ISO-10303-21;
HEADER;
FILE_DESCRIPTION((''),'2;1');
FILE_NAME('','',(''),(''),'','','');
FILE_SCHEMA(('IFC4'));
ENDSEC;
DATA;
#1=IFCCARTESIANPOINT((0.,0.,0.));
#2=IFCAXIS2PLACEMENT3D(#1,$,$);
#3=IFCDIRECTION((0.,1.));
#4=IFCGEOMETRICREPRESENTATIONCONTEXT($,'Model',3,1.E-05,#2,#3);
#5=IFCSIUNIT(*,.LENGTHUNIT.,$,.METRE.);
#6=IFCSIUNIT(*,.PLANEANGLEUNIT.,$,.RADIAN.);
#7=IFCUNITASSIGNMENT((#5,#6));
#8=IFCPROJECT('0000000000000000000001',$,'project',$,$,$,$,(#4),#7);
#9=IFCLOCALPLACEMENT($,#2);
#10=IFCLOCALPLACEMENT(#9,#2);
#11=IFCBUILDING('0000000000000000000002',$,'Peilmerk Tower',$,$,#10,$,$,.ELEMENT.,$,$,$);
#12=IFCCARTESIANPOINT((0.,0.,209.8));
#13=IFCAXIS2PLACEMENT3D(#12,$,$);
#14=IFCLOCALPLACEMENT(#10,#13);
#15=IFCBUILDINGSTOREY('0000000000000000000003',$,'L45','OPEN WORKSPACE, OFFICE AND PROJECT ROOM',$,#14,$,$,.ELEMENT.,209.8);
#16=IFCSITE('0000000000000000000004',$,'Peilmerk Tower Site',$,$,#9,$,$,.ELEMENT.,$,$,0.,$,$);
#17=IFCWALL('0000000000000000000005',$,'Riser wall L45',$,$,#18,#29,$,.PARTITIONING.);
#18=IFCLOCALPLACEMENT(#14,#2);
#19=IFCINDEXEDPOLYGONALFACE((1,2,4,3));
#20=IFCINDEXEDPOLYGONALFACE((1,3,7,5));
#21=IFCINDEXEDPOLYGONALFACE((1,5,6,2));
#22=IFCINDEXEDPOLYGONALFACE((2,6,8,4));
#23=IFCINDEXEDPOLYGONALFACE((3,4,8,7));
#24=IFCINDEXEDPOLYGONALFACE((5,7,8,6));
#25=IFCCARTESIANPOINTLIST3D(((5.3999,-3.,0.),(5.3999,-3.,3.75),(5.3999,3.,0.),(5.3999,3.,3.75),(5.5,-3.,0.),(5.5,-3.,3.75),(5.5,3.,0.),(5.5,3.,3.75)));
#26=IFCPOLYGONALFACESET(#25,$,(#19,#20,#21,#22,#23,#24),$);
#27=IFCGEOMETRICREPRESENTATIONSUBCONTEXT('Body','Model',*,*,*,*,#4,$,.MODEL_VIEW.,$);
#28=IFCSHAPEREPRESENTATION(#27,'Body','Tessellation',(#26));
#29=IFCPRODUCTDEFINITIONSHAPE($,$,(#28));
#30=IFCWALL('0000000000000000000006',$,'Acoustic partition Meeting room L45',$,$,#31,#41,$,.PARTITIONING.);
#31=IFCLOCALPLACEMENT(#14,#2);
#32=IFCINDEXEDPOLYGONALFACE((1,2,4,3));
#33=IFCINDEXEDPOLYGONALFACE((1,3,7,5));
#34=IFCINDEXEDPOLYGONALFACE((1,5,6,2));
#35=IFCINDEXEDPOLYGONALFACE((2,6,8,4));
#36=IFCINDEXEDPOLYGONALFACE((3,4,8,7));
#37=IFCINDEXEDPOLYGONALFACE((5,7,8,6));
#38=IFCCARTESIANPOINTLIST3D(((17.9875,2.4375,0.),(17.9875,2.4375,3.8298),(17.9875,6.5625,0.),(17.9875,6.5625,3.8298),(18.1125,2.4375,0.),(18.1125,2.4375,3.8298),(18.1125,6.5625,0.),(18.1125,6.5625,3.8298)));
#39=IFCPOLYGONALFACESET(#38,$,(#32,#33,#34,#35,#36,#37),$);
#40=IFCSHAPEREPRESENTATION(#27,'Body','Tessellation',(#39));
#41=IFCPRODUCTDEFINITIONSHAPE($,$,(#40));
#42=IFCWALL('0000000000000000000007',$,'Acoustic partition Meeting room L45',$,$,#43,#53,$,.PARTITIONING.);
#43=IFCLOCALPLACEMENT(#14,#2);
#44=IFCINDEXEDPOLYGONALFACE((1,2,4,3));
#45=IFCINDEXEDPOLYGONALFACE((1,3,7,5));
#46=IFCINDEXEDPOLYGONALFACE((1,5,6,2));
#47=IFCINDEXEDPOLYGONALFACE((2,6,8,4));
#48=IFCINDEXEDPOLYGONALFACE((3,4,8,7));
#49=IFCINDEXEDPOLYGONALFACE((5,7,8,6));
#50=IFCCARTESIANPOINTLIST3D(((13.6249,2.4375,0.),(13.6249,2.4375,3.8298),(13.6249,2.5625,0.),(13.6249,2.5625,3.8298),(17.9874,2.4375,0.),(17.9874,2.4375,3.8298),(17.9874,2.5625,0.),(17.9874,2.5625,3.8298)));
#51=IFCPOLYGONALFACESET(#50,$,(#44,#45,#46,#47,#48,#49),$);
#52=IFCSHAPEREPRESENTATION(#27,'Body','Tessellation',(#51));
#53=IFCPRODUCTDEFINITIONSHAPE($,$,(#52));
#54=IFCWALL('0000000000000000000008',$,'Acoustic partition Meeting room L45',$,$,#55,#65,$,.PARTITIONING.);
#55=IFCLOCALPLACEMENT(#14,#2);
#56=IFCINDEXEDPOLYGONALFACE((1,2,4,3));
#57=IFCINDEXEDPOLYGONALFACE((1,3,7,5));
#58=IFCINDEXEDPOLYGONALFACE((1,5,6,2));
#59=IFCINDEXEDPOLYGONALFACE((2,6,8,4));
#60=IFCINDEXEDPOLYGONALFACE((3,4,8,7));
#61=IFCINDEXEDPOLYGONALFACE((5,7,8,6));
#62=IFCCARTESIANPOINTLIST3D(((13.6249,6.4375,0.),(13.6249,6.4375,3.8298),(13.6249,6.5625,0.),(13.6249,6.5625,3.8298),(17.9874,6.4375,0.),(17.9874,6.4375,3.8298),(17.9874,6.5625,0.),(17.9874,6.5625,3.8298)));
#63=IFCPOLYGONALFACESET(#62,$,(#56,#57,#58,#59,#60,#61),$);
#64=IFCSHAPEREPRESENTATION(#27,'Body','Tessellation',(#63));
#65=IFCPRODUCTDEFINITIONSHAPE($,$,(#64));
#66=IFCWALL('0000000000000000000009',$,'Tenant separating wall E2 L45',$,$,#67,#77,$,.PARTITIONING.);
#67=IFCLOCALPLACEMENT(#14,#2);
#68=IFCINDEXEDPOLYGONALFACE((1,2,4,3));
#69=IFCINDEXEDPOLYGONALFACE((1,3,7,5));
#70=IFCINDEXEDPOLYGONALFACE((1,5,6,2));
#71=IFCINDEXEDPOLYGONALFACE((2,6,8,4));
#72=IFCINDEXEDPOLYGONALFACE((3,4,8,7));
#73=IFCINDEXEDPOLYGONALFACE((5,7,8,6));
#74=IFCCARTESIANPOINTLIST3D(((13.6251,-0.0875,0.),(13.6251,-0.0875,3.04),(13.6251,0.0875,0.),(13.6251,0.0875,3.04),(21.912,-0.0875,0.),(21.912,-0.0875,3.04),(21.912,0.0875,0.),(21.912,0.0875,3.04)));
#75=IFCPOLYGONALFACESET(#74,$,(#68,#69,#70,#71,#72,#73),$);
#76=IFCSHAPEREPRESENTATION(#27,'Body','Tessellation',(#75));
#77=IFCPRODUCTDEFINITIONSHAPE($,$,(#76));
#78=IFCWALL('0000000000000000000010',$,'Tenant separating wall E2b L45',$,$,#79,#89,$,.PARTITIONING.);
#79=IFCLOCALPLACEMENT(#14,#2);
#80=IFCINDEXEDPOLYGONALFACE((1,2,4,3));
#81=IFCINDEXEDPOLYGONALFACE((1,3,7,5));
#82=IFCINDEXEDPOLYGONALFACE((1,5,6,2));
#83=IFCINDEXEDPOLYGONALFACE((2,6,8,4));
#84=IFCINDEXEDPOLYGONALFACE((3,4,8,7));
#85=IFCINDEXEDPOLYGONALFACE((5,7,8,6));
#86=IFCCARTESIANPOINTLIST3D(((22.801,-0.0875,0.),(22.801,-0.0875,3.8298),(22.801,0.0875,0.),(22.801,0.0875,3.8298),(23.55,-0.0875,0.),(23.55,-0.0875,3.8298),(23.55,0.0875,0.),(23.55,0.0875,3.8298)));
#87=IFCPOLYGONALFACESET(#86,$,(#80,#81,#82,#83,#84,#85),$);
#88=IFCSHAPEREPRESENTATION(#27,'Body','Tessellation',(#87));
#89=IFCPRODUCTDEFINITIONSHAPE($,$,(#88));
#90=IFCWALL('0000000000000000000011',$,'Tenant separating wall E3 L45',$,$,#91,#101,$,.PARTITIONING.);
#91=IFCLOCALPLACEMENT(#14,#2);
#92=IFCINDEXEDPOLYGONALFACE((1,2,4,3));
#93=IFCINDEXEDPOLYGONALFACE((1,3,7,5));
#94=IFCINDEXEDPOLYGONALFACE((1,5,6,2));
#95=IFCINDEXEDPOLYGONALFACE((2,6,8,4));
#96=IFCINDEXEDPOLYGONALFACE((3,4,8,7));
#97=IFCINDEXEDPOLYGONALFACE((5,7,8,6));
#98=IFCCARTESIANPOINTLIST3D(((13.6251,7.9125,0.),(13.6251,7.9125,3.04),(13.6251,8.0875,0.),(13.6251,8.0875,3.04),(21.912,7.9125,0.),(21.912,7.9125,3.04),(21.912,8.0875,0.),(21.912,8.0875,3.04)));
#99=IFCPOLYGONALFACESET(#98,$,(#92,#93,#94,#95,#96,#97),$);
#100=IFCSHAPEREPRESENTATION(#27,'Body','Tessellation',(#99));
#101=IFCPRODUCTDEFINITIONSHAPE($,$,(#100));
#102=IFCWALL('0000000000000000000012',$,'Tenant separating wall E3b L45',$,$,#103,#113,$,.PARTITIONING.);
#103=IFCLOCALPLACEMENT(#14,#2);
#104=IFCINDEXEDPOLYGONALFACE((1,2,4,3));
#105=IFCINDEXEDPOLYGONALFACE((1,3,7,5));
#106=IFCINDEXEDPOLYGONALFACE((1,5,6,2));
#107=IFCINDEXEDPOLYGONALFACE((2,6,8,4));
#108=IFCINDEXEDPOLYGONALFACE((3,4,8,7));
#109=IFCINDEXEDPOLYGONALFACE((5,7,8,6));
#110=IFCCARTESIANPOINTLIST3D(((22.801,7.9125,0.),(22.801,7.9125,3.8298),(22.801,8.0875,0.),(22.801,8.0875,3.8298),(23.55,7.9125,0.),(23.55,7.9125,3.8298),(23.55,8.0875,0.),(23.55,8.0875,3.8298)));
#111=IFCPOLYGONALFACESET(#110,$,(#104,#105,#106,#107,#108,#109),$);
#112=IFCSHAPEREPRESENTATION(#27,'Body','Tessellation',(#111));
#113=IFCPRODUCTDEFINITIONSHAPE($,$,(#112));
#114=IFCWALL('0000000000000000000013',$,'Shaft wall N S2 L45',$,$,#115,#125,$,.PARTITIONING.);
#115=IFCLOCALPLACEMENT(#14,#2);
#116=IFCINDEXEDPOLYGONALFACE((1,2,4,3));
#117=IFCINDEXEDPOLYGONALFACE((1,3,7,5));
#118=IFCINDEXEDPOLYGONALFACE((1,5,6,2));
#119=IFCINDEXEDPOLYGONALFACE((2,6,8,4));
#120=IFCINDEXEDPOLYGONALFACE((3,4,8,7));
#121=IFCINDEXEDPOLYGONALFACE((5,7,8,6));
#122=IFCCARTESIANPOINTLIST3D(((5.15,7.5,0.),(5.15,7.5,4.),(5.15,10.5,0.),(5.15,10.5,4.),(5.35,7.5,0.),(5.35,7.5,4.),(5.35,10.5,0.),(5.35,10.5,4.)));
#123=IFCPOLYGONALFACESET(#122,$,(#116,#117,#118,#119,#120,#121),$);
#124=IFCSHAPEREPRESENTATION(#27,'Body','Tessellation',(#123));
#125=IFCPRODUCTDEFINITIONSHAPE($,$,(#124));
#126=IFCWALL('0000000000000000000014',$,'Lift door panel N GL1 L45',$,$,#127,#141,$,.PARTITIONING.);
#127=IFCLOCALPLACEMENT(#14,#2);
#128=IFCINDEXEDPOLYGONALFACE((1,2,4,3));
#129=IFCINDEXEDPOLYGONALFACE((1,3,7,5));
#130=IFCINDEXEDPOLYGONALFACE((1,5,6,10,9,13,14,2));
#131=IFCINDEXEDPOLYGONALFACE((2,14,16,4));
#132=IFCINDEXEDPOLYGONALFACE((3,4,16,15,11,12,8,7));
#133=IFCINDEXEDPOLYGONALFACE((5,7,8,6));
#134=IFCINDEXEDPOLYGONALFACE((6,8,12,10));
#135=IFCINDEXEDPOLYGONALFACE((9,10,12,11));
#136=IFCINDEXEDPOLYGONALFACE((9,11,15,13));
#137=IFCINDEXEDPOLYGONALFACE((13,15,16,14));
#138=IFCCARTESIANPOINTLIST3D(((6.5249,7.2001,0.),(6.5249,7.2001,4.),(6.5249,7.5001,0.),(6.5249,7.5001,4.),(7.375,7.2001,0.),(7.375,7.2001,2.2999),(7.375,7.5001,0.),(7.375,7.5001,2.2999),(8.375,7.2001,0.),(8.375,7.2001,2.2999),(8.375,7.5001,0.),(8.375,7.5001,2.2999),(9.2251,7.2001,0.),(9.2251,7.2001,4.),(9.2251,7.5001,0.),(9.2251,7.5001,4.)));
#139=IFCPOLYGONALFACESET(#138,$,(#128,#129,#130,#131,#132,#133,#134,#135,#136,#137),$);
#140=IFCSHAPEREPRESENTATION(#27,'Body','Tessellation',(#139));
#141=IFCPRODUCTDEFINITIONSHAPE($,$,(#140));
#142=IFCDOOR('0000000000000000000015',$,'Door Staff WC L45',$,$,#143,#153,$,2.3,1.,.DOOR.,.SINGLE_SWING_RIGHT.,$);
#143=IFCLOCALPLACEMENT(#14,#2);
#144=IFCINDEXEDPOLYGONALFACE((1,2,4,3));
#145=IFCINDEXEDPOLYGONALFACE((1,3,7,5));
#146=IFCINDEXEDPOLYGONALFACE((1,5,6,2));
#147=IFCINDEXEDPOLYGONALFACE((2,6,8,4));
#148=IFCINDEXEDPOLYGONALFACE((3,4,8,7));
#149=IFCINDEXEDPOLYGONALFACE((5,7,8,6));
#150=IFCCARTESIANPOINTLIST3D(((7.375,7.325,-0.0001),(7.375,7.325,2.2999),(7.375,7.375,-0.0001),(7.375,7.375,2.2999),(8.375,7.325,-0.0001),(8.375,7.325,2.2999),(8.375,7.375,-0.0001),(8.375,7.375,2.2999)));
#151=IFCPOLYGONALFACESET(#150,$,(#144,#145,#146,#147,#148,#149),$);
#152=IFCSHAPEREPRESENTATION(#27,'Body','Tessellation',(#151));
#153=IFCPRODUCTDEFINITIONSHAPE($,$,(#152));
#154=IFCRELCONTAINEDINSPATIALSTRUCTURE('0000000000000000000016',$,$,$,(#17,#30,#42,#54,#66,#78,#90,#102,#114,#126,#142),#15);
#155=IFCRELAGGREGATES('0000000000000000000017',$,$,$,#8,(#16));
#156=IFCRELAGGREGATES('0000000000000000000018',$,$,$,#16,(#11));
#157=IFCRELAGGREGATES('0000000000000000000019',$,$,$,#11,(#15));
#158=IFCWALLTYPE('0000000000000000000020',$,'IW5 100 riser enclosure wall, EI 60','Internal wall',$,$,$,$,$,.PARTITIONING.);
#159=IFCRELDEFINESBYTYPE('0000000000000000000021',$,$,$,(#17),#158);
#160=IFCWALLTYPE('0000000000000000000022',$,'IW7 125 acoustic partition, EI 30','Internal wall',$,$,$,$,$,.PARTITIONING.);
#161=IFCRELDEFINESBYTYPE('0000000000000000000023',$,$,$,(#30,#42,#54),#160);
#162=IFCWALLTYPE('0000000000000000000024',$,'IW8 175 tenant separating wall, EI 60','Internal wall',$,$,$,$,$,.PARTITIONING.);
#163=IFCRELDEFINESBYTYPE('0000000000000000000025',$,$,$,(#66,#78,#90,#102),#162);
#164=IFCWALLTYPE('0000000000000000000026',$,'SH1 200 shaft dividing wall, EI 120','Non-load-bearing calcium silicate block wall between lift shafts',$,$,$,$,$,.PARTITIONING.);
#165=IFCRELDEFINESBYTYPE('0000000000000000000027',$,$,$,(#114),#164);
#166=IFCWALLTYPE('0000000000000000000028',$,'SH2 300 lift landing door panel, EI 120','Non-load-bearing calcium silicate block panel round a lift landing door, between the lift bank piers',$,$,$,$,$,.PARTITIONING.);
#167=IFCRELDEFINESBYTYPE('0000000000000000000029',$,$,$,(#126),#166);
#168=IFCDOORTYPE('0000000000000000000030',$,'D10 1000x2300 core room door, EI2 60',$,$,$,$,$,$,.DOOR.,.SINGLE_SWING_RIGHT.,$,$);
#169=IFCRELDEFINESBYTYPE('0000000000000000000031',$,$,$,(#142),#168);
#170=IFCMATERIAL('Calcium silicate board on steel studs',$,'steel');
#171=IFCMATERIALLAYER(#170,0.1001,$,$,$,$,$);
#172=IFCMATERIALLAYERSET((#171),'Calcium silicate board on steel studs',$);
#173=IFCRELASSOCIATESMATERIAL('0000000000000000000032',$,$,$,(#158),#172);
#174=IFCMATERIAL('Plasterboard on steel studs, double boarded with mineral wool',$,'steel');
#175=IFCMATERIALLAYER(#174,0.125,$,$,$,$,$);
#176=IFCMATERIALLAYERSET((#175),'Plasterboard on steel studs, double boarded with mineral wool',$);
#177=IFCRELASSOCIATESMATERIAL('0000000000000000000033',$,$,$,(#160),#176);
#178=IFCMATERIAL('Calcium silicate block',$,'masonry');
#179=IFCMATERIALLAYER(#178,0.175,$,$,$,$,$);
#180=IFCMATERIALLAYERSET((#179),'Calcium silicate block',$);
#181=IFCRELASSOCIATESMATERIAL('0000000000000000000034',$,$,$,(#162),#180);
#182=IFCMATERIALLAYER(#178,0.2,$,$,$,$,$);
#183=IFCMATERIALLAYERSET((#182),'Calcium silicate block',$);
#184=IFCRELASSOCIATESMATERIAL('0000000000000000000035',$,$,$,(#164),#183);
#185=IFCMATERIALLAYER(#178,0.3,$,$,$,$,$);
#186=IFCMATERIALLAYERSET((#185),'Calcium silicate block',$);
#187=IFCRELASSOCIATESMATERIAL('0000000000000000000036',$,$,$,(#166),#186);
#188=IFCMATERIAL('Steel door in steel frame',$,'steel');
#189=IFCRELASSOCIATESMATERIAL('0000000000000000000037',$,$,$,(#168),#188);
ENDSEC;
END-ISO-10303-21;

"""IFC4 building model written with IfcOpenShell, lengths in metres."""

from ifc_helpers import new_model, si_unit, direction, frame, frame_2d, origin, place, context, subcontext, project, spatial, rectangle, extrude, material, layer, layer_set, type_object, element, fill, save


model = new_model("IFC4")

# Units and contexts
model_context = context("Model", 3, precision=1e-05, world=origin(), true_north=direction((0.0, 1.0)))
body_context = subcontext(model_context, "Body", "Model", "MODEL_VIEW")
ifc_project = project(units=[si_unit("LENGTHUNIT", "METRE"), si_unit("PLANEANGLEUNIT", "RADIAN")], contexts=[model_context])

# Site, building, storey
site_placement = place(None, origin())
site = spatial("IfcSite", under=ifc_project, at=site_placement, Name="Peilmerk Tower Site", CompositionType="ELEMENT", RefElevation=0.0)
building_placement = place(site_placement, origin())
building = spatial("IfcBuilding", under=site, at=building_placement, Name="Peilmerk Tower", CompositionType="ELEMENT")
storey_placement = place(building_placement, frame((0.0, 0.0, 209.8)))
storey = spatial("IfcBuildingStorey", under=building, at=storey_placement, Name="L45", Description="OPEN WORKSPACE, OFFICE AND PROJECT ROOM", CompositionType="ELEMENT", Elevation=209.8)

# Walls
ifc_material_1 = material(Name="Calcium silicate board on steel studs", Category="steel")
ifc_layer_1 = layer(ifc_material_1, 0.1001)
ifc_layer_set_1 = layer_set([ifc_layer_1], Name="Calcium silicate board on steel studs")
wall_type_1 = type_object("IfcWallType", Name="IW5 100 riser enclosure wall, EI 60", Description="Internal wall", PredefinedType="PARTITIONING", material=ifc_layer_set_1)
wall_1_placement = place(storey_placement, frame((5.45, 3.0, 0.0), z_axis=(0.0, 0.0, 1.0), x_axis=(0.0, -1.0, 0.0)))
element("IfcWall", 1, at=wall_1_placement, inside=storey, type_object=wall_type_1, Name="Riser wall L45", PredefinedType="PARTITIONING", context=body_context, shape_type="SweptSolid", body=[
    extrude(rectangle(XDim=6.0, YDim=0.1001, at=frame_2d((3.0, 0.0))), origin(), (0.0, 0.0, 1.0), 3.75),
])
ifc_material_2 = material(Name="Plasterboard on steel studs, double boarded with mineral wool", Category="steel")
ifc_layer_2 = layer(ifc_material_2, 0.125)
ifc_layer_set_2 = layer_set([ifc_layer_2], Name="Plasterboard on steel studs, double boarded with mineral wool")
wall_type_2 = type_object("IfcWallType", Name="IW7 125 acoustic partition, EI 30", Description="Internal wall", PredefinedType="PARTITIONING", material=ifc_layer_set_2)
wall_2_placement = place(storey_placement, frame((18.05, 2.4375, 0.0), z_axis=(0.0, 0.0, 1.0), x_axis=(0.0, 1.0, 0.0)))
element("IfcWall", 2, at=wall_2_placement, inside=storey, type_object=wall_type_2, Name="Acoustic partition Meeting room L45", PredefinedType="PARTITIONING", context=body_context, shape_type="SweptSolid", body=[
    extrude(rectangle(XDim=4.125, YDim=0.125, at=frame_2d((2.0625, 0.0))), origin(), (0.0, 0.0, 1.0), 3.8298),
])
for number, where, z_axis, x_axis, name in (
    (3, (13.625, 2.5, 0.0), (0.0, 0.0, 1.0), (1.0, 0.0, 0.0), "Acoustic partition Meeting room L45"),
    (4, (13.625, 6.5, 0.0), (0.0, 0.0, 1.0), (1.0, 0.0, 0.0), "Acoustic partition Meeting room L45"),
):
    element("IfcWall", number, at=place(storey_placement, frame(where, z_axis=z_axis, x_axis=x_axis)), inside=storey, type_object=wall_type_2, Name=name, PredefinedType="PARTITIONING", context=body_context, shape_type="SweptSolid", body=[
        extrude(rectangle(XDim=4.3625, YDim=0.125, at=frame_2d((2.1812, 0.0))), origin(), (0.0, 0.0, 1.0), 3.8298),
    ])
ifc_material_3 = material(Name="Calcium silicate block", Category="masonry")
ifc_layer_3 = layer(ifc_material_3, 0.175)
ifc_layer_set_3 = layer_set([ifc_layer_3], Name="Calcium silicate block")
wall_type_3 = type_object("IfcWallType", Name="IW8 175 tenant separating wall, EI 60", Description="Internal wall", PredefinedType="PARTITIONING", material=ifc_layer_set_3)
wall_3_placement = place(storey_placement, frame((13.625, 0.0, 0.0), z_axis=(0.0, 0.0, 1.0), x_axis=(1.0, 0.0, 0.0)))
element("IfcWall", 5, at=wall_3_placement, inside=storey, type_object=wall_type_3, Name="Tenant separating wall E2 L45", PredefinedType="PARTITIONING", context=body_context, shape_type="SweptSolid", body=[
    extrude(rectangle(XDim=8.2869, YDim=0.175, at=frame_2d((4.1436, 0.0))), origin(), (0.0, 0.0, 1.0), 3.04),
])
wall_4_placement = place(storey_placement, frame((22.801, 0.0, 0.0), z_axis=(0.0, 0.0, 1.0), x_axis=(1.0, 0.0, 0.0)))
element("IfcWall", 6, at=wall_4_placement, inside=storey, type_object=wall_type_3, Name="Tenant separating wall E2b L45", PredefinedType="PARTITIONING", context=body_context, shape_type="SweptSolid", body=[
    extrude(rectangle(XDim=0.749, YDim=0.175, at=frame_2d((0.3745, 0.0))), origin(), (0.0, 0.0, 1.0), 3.8298),
])
wall_5_placement = place(storey_placement, frame((13.625, 8.0, 0.0), z_axis=(0.0, 0.0, 1.0), x_axis=(1.0, 0.0, 0.0)))
element("IfcWall", 7, at=wall_5_placement, inside=storey, type_object=wall_type_3, Name="Tenant separating wall E3 L45", PredefinedType="PARTITIONING", context=body_context, shape_type="SweptSolid", body=[
    extrude(rectangle(XDim=8.2869, YDim=0.175, at=frame_2d((4.1436, 0.0))), origin(), (0.0, 0.0, 1.0), 3.04),
])
wall_6_placement = place(storey_placement, frame((22.801, 8.0, 0.0), z_axis=(0.0, 0.0, 1.0), x_axis=(1.0, 0.0, 0.0)))
element("IfcWall", 8, at=wall_6_placement, inside=storey, type_object=wall_type_3, Name="Tenant separating wall E3b L45", PredefinedType="PARTITIONING", context=body_context, shape_type="SweptSolid", body=[
    extrude(rectangle(XDim=0.749, YDim=0.175, at=frame_2d((0.3745, 0.0))), origin(), (0.0, 0.0, 1.0), 3.8298),
])
ifc_layer_4 = layer(ifc_material_3, 0.2)
ifc_layer_set_4 = layer_set([ifc_layer_4], Name="Calcium silicate block")
wall_type_4 = type_object("IfcWallType", Name="SH1 200 shaft dividing wall, EI 120", Description="Non-load-bearing calcium silicate block wall between lift shafts", PredefinedType="PARTITIONING", material=ifc_layer_set_4)
wall_7_placement = place(storey_placement, frame((5.25, 7.5, 0.0), z_axis=(0.0, 0.0, 1.0), x_axis=(0.0, 1.0, 0.0)))
element("IfcWall", 9, at=wall_7_placement, inside=storey, type_object=wall_type_4, Name="Shaft wall N S2 L45", PredefinedType="PARTITIONING", context=body_context, shape_type="SweptSolid", body=[
    extrude(rectangle(XDim=3.0, YDim=0.2, at=frame_2d((1.5, 0.0))), origin(), (0.0, 0.0, 1.0), 4.0),
])

# Wall, opening, door
ifc_layer_5 = layer(ifc_material_3, 0.3)
ifc_layer_set_5 = layer_set([ifc_layer_5], Name="Calcium silicate block")
wall_type_5 = type_object("IfcWallType", Name="SH2 300 lift landing door panel, EI 120", Description="Non-load-bearing calcium silicate block panel round a lift landing door, between the lift bank piers", PredefinedType="PARTITIONING", material=ifc_layer_set_5)
wall_8_placement = place(storey_placement, frame((6.5249, 7.3501, 0.0), z_axis=(0.0, 0.0, 1.0), x_axis=(1.0, 0.0, 0.0)))
wall_8 = element("IfcWall", 10, at=wall_8_placement, inside=storey, type_object=wall_type_5, Name="Lift door panel N GL1 L45", PredefinedType="PARTITIONING", context=body_context, shape_type="SweptSolid", body=[
    extrude(rectangle(XDim=2.7002, YDim=0.3, at=frame_2d((1.3501, 0.0))), origin(), (0.0, 0.0, 1.0), 4.0),
])
opening_1_placement = place(wall_8_placement, frame((0.8501, 0.0, 0.0)))
opening_1 = element("IfcOpeningElement", 11, at=opening_1_placement, cuts=wall_8, PredefinedType="OPENING", context=body_context, shape_type="SweptSolid", body=[
    extrude(rectangle(XDim=1.0, YDim=2.3, at=frame_2d((0.5, 1.1499))), frame((0.0, 0.1599, 0.0), z_axis=(0.0, -1.0, 0.0), x_axis=(1.0, 0.0, 0.0)), (0.0, 0.0, 1.0), 0.3201),
])
ifc_material_4 = material(Name="Steel door in steel frame", Category="steel")
door_type_1 = type_object("IfcDoorType", Name="D10 1000x2300 core room door, EI2 60", OperationType="SINGLE_SWING_RIGHT", PredefinedType="DOOR", material=ifc_material_4)
door_1_placement = place(opening_1_placement, origin())
door_1 = element("IfcDoor", 12, at=door_1_placement, inside=storey, type_object=door_type_1, Name="Door Staff WC L45", OperationType="SINGLE_SWING_RIGHT", OverallHeight=2.3, OverallWidth=1.0, PredefinedType="DOOR", context=body_context, shape_type="SweptSolid", body=[
    extrude(rectangle(XDim=1.0, YDim=2.3, at=frame_2d((0.5, 1.1499))), frame((0.0, 0.0249, 0.0), z_axis=(0.0, -1.0, 0.0), x_axis=(1.0, 0.0, 0.0)), (0.0, 0.0, 1.0), 0.05),
])
fill(opening_1, door_1)

save(model, "model.ifc")
